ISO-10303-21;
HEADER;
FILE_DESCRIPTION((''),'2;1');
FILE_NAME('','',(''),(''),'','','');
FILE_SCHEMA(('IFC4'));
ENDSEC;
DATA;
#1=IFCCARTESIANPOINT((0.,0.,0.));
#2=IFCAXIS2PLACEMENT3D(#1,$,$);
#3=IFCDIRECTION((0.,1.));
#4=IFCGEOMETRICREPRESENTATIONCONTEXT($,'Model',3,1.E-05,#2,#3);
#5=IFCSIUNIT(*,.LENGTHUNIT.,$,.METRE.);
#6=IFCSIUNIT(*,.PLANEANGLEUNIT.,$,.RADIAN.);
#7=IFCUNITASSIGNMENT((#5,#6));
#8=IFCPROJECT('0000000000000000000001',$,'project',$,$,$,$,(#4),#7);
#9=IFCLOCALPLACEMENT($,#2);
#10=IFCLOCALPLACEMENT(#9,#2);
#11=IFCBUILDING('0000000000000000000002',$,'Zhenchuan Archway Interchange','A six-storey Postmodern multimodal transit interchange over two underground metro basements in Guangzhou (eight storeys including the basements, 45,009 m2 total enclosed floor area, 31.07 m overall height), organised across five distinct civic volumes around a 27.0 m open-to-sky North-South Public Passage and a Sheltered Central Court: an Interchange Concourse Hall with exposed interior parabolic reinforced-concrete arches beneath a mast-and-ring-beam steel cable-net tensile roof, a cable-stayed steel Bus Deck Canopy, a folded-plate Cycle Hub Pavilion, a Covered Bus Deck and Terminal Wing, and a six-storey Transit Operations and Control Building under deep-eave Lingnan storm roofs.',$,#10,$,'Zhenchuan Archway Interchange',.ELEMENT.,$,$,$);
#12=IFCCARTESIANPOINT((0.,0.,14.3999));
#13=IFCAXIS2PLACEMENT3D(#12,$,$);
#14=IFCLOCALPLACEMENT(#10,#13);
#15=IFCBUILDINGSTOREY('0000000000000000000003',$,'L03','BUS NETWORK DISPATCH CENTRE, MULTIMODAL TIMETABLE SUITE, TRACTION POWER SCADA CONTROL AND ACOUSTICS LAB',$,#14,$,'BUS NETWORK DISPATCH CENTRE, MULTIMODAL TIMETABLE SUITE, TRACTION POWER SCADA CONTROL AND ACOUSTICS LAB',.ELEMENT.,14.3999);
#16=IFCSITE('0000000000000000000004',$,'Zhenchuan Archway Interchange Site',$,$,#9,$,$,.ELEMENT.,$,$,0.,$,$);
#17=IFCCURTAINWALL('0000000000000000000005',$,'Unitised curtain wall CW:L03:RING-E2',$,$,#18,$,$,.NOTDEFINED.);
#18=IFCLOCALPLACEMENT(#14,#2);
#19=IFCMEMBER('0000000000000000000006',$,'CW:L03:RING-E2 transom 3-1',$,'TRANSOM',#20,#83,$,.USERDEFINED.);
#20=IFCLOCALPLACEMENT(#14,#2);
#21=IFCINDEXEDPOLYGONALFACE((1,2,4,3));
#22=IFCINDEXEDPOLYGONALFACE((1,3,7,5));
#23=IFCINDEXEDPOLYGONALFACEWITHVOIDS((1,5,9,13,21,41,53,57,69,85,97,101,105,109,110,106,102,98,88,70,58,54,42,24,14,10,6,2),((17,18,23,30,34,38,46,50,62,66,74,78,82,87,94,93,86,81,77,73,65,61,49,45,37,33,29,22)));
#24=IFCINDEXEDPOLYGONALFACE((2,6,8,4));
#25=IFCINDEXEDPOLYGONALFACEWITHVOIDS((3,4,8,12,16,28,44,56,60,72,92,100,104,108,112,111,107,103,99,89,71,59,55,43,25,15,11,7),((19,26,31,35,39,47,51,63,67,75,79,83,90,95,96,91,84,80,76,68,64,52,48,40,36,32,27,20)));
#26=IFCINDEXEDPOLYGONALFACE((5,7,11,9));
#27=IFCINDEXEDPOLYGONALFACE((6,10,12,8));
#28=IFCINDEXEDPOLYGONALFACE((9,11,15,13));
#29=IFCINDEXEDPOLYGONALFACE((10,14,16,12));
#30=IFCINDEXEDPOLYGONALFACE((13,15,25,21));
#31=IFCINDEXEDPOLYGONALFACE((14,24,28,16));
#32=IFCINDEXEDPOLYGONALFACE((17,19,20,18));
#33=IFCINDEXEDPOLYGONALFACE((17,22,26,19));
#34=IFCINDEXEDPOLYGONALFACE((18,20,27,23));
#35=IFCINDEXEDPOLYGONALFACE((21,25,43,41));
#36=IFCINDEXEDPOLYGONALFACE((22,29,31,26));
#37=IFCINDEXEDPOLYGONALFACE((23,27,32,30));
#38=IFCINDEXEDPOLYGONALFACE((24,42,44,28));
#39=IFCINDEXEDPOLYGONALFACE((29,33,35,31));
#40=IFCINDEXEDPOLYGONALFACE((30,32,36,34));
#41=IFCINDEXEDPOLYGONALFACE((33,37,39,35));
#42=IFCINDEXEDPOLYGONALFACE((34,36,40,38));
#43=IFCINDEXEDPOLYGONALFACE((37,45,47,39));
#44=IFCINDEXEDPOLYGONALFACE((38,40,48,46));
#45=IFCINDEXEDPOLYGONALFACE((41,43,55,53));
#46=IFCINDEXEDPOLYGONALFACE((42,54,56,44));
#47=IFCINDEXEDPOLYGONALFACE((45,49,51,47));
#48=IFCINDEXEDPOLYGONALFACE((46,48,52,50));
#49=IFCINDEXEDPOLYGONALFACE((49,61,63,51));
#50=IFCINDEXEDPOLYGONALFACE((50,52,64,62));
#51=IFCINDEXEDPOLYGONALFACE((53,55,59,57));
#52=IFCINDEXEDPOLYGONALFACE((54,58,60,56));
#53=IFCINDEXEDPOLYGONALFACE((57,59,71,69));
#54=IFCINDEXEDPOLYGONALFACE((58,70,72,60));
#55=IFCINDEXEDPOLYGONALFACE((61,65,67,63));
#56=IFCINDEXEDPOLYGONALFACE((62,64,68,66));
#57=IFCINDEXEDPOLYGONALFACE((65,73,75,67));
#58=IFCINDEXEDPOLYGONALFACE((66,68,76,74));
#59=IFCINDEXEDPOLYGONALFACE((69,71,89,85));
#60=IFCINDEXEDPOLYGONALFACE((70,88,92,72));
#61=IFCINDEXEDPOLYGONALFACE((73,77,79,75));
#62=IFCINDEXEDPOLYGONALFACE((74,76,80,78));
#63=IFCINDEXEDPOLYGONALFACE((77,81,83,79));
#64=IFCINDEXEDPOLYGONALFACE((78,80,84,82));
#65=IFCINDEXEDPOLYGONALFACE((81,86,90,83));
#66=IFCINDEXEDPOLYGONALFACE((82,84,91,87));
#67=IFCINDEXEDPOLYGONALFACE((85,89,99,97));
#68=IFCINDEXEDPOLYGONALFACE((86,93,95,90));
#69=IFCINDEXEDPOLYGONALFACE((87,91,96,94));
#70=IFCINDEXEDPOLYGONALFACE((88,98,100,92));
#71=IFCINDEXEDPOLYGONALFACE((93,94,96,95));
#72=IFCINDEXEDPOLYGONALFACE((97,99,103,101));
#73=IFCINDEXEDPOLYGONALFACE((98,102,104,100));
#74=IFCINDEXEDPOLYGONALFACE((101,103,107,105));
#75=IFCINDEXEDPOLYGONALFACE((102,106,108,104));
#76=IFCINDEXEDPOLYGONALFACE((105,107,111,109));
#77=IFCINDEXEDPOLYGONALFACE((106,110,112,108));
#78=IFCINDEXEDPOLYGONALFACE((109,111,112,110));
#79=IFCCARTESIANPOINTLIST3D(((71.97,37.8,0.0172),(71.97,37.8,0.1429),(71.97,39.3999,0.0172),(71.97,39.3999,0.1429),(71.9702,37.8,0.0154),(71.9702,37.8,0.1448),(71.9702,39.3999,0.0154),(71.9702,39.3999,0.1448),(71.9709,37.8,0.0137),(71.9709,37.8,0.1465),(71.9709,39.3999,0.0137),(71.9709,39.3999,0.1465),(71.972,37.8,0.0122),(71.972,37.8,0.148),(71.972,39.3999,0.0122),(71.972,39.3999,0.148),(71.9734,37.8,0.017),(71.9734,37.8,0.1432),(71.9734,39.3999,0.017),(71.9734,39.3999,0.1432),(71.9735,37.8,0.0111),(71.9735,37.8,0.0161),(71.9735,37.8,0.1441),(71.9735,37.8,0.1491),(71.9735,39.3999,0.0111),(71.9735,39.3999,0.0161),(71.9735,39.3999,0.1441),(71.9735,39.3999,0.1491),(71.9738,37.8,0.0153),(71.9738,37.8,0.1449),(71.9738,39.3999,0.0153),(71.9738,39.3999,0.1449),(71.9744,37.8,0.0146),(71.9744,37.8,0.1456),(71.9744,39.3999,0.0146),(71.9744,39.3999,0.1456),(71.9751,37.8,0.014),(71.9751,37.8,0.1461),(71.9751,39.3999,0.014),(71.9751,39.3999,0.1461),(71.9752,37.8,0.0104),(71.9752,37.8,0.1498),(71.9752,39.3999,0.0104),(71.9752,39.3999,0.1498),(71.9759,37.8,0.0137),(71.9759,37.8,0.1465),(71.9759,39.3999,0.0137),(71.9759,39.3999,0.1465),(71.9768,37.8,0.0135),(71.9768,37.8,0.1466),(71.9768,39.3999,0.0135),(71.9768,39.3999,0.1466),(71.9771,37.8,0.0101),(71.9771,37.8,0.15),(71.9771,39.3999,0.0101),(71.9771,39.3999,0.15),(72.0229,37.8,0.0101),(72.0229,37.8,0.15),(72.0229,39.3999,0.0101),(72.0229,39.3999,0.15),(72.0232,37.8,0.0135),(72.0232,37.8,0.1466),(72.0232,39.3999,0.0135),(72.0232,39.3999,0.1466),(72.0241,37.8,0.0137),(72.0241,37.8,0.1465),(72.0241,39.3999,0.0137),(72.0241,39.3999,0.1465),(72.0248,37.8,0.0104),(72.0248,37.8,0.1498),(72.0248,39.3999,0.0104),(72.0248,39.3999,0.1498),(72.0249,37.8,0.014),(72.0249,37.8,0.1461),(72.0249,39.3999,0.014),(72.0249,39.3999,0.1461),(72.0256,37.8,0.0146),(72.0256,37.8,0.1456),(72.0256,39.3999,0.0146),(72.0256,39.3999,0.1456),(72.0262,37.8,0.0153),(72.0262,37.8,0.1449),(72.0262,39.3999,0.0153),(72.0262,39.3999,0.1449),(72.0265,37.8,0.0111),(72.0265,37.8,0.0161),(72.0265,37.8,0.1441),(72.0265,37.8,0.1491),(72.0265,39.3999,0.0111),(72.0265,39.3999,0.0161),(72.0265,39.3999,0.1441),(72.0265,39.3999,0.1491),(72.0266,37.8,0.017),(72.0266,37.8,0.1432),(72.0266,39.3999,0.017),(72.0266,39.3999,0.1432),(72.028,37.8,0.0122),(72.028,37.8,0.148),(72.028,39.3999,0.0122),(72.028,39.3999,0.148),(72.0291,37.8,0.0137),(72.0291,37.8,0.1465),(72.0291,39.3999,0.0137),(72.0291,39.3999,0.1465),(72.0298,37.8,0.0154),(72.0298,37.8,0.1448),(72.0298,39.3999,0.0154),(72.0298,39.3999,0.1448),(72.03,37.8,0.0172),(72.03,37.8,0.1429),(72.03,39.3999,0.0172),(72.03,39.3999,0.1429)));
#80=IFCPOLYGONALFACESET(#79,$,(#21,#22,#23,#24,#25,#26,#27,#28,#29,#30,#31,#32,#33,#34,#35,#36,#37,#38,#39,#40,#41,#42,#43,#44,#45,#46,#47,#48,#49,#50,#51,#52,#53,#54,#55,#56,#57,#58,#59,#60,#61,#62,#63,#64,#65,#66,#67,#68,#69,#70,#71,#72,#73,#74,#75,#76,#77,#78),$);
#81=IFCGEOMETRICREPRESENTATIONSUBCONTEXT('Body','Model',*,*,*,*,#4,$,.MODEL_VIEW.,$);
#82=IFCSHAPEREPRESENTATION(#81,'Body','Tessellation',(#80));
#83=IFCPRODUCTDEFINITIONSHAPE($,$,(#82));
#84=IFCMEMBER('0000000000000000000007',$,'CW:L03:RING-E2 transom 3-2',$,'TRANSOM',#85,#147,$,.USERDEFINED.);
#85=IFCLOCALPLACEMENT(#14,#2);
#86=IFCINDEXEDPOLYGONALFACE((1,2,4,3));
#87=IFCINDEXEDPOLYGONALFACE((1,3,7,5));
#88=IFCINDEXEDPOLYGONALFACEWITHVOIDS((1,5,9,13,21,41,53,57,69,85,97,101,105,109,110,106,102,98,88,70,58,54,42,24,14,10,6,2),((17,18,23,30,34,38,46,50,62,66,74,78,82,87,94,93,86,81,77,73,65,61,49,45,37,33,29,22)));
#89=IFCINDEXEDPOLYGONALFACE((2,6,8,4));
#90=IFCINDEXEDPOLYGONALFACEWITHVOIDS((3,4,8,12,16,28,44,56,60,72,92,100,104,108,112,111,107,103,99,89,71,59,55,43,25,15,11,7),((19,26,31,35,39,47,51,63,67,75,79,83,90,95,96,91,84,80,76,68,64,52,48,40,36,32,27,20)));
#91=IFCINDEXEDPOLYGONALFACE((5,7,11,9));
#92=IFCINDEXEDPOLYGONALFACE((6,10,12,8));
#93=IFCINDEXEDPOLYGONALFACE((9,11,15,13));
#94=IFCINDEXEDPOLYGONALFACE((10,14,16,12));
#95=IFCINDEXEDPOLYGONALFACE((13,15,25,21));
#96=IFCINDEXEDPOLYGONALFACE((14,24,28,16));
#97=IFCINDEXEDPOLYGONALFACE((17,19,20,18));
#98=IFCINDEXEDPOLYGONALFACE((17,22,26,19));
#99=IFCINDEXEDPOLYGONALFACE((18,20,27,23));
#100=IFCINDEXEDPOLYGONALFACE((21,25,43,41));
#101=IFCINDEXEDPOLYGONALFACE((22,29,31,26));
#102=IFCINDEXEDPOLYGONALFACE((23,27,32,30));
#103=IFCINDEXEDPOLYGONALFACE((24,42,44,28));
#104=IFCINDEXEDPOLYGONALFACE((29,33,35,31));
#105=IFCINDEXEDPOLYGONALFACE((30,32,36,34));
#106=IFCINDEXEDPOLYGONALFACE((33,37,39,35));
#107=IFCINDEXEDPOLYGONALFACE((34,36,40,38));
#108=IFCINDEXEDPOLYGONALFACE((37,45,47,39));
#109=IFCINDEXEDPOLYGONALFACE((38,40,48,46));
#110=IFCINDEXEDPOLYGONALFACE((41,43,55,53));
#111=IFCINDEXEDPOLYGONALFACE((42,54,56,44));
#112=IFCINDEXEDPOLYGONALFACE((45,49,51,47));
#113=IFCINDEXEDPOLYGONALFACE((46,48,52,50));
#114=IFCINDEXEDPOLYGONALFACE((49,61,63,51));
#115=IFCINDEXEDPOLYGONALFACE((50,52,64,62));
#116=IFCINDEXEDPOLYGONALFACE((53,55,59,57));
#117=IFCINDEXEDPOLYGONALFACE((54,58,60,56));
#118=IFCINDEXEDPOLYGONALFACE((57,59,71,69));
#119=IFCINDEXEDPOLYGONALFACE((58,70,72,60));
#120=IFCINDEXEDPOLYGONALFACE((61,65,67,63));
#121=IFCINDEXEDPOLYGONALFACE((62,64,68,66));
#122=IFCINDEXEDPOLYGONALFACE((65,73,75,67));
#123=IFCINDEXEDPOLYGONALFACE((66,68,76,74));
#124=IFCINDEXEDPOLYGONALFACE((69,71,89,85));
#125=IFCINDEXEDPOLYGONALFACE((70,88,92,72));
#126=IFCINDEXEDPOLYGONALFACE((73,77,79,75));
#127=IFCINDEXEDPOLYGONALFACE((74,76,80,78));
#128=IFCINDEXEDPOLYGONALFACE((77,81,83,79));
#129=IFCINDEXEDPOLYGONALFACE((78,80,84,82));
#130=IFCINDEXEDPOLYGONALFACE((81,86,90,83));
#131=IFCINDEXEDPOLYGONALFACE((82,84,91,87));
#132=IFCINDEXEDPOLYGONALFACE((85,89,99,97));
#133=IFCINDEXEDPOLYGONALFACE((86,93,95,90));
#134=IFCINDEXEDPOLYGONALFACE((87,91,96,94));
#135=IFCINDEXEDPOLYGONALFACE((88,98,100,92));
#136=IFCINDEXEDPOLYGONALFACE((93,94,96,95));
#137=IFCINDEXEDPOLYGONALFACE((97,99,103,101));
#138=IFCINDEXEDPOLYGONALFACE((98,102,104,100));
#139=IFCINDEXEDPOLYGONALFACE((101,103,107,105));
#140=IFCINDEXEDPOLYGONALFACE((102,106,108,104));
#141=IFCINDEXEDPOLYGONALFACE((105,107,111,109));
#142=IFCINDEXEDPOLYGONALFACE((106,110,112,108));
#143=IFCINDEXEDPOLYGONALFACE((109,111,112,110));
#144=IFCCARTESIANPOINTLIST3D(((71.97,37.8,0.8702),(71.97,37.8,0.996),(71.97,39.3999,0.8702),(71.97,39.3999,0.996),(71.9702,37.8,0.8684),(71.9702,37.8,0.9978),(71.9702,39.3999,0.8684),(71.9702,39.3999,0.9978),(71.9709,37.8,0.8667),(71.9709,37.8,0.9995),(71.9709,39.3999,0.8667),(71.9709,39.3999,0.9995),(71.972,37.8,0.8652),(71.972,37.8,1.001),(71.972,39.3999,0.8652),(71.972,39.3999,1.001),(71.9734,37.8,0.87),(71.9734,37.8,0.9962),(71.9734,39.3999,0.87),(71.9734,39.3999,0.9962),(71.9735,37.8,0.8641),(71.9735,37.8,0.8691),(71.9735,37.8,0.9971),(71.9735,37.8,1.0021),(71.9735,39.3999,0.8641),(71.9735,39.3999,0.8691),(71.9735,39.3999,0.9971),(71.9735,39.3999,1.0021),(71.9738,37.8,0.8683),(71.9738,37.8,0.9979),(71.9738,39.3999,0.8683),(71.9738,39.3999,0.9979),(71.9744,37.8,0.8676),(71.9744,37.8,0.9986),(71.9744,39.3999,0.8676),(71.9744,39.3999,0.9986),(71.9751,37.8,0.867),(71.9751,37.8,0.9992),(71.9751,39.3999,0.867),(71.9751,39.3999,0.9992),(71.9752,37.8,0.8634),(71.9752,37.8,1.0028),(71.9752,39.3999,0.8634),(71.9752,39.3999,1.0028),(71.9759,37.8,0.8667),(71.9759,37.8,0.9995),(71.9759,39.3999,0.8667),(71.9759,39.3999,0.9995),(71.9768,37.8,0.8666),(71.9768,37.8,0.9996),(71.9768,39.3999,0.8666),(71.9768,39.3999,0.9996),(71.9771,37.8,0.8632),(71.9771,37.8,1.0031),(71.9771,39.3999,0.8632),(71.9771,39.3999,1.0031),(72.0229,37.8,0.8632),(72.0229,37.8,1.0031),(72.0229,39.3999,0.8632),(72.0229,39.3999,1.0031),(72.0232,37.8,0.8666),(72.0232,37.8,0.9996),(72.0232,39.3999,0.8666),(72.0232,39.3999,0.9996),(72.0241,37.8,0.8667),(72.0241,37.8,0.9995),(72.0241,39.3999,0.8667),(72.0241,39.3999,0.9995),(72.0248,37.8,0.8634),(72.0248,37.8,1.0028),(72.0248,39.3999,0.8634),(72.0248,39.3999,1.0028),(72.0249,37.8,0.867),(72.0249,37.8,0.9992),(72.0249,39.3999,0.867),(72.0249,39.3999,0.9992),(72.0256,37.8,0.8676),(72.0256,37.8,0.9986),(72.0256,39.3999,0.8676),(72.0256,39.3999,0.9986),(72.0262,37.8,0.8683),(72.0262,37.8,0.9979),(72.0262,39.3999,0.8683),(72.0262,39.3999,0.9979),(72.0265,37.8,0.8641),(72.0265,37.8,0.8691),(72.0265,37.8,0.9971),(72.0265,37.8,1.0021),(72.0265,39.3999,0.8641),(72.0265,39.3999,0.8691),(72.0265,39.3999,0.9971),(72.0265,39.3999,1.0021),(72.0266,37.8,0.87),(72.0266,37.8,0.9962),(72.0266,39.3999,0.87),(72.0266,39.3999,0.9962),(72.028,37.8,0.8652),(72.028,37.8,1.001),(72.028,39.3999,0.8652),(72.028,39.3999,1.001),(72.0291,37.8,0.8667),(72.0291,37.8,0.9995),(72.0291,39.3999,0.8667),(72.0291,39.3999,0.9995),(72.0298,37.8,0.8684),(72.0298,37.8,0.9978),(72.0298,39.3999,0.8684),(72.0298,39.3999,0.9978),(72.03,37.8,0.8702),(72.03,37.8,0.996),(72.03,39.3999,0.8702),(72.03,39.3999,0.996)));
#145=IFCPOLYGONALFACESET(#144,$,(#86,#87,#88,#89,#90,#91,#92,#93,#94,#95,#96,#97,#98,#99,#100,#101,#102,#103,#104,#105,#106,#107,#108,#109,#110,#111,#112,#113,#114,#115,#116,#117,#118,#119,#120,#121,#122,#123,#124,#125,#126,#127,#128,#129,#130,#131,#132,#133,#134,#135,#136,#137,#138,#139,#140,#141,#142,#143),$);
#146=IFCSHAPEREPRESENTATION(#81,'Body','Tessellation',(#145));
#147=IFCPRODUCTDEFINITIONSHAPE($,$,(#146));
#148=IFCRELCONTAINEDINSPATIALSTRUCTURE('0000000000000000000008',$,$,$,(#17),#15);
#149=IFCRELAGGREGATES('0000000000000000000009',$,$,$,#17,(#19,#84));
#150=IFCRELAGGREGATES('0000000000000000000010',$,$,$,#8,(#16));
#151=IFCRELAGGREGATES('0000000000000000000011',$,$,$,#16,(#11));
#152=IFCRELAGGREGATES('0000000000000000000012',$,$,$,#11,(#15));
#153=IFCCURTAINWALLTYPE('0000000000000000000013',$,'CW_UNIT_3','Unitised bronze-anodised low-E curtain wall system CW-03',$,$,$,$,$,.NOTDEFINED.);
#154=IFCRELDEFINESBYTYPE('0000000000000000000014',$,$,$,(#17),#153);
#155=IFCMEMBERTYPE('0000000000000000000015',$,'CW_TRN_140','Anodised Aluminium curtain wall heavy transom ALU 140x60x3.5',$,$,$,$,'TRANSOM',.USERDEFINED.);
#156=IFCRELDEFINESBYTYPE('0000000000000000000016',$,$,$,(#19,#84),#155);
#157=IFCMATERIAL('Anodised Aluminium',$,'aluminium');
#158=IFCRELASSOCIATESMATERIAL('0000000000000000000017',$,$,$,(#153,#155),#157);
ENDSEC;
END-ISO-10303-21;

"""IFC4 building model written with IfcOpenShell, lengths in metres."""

from ifc_helpers import new_model, si_unit, direction, frame, origin, origin_2d, place, context, subcontext, project, spatial, hollow_rectangle, extrude, material, material_profile, profile_set, type_object, element, aggregate, save


model = new_model("IFC4")

# Units and contexts
model_context = context("Model", 3, precision=1e-05, world=origin(), true_north=direction((0.0, 1.0)))
body_context = subcontext(model_context, "Body", "Model", "MODEL_VIEW")
ifc_project = project(units=[si_unit("LENGTHUNIT", "METRE"), si_unit("PLANEANGLEUNIT", "RADIAN")], contexts=[model_context])

# Site, building, storey
site_placement = place(None, origin())
site = spatial("IfcSite", under=ifc_project, at=site_placement, Name="Zhenchuan Archway Interchange Site", CompositionType="ELEMENT", RefElevation=0.0)
building_placement = place(site_placement, origin())
building = spatial("IfcBuilding", under=site, at=building_placement, Name="Zhenchuan Archway Interchange", Description="A six-storey Postmodern multimodal transit interchange over two underground metro basements in Guangzhou (eight storeys including the basements, 45,009 m2 total enclosed floor area, 31.07 m overall height), organised across five distinct civic volumes around a 27.0 m open-to-sky North-South Public Passage and a Sheltered Central Court: an Interchange Concourse Hall with exposed interior parabolic reinforced-concrete arches beneath a mast-and-ring-beam steel cable-net tensile roof, a cable-stayed steel Bus Deck Canopy, a folded-plate Cycle Hub Pavilion, a Covered Bus Deck and Terminal Wing, and a six-storey Transit Operations and Control Building under deep-eave Lingnan storm roofs.", LongName="Zhenchuan Archway Interchange", CompositionType="ELEMENT")
storey_placement = place(building_placement, frame((0.0, 0.0, 14.3999)))
storey = spatial("IfcBuildingStorey", under=building, at=storey_placement, Name="L03", Description="BUS NETWORK DISPATCH CENTRE, MULTIMODAL TIMETABLE SUITE, TRACTION POWER SCADA CONTROL AND ACOUSTICS LAB", LongName="BUS NETWORK DISPATCH CENTRE, MULTIMODAL TIMETABLE SUITE, TRACTION POWER SCADA CONTROL AND ACOUSTICS LAB", CompositionType="ELEMENT", Elevation=14.3999)

# Curtain wall
ifc_material_1 = material(Name="Anodised Aluminium", Category="aluminium")
curtain_wall_type = type_object("IfcCurtainWallType", Name="CW_UNIT_3", Description="Unitised bronze-anodised low-E curtain wall system CW-03", PredefinedType="NOTDEFINED", material=ifc_material_1)
curtain_wall_1_placement = place(storey_placement, origin())
curtain_wall_1 = element("IfcCurtainWall", 1, at=curtain_wall_1_placement, inside=storey, type_object=curtain_wall_type, Name="Unitised curtain wall CW:L03:RING-E2", PredefinedType="NOTDEFINED")

# Members
ifc_material_profile_1 = material_profile(ifc_material_1, hollow_rectangle(XDim=0.0601, YDim=0.1399, WallThickness=0.0034, InnerFilletRadius=0.0034, OuterFilletRadius=0.0071, at=origin_2d()), Name="ALU 140x60x3.5")
ifc_profile_set_1 = profile_set([ifc_material_profile_1], Name="Anodised Aluminium")
member_type_1 = type_object("IfcMemberType", Name="CW_TRN_140", Description="Anodised Aluminium curtain wall heavy transom ALU 140x60x3.5", ElementType="TRANSOM", PredefinedType="USERDEFINED", material=ifc_profile_set_1)
member_1_placement = place(storey_placement, frame((72.0, 37.8, 0.0801), z_axis=(0.0, 1.0, 0.0), x_axis=(-1.0, 0.0, 0.0)))
member_1 = element("IfcMember", 2, at=member_1_placement, type_object=member_type_1, Name="CW:L03:RING-E2 transom 3-1", ObjectType="TRANSOM", PredefinedType="USERDEFINED", context=body_context, shape_type="SweptSolid", body=[
    extrude(hollow_rectangle(XDim=0.0601, YDim=0.1399, WallThickness=0.0034, InnerFilletRadius=0.0034, OuterFilletRadius=0.0071, at=origin_2d()), origin(), (0.0, 0.0, 1.0), 1.5999),
])
member_2_placement = place(storey_placement, frame((72.0, 37.8, 0.9331), z_axis=(0.0, 1.0, 0.0), x_axis=(-1.0, 0.0, 0.0)))
member_2 = element("IfcMember", 3, at=member_2_placement, type_object=member_type_1, Name="CW:L03:RING-E2 transom 3-2", ObjectType="TRANSOM", PredefinedType="USERDEFINED", context=body_context, shape_type="SweptSolid", body=[
    extrude(hollow_rectangle(XDim=0.0601, YDim=0.1399, WallThickness=0.0034, InnerFilletRadius=0.0034, OuterFilletRadius=0.0071, at=origin_2d()), origin(), (0.0, 0.0, 1.0), 1.5999),
])

aggregate(curtain_wall_1, [member_1, member_2])

save(model, "model.ifc")
